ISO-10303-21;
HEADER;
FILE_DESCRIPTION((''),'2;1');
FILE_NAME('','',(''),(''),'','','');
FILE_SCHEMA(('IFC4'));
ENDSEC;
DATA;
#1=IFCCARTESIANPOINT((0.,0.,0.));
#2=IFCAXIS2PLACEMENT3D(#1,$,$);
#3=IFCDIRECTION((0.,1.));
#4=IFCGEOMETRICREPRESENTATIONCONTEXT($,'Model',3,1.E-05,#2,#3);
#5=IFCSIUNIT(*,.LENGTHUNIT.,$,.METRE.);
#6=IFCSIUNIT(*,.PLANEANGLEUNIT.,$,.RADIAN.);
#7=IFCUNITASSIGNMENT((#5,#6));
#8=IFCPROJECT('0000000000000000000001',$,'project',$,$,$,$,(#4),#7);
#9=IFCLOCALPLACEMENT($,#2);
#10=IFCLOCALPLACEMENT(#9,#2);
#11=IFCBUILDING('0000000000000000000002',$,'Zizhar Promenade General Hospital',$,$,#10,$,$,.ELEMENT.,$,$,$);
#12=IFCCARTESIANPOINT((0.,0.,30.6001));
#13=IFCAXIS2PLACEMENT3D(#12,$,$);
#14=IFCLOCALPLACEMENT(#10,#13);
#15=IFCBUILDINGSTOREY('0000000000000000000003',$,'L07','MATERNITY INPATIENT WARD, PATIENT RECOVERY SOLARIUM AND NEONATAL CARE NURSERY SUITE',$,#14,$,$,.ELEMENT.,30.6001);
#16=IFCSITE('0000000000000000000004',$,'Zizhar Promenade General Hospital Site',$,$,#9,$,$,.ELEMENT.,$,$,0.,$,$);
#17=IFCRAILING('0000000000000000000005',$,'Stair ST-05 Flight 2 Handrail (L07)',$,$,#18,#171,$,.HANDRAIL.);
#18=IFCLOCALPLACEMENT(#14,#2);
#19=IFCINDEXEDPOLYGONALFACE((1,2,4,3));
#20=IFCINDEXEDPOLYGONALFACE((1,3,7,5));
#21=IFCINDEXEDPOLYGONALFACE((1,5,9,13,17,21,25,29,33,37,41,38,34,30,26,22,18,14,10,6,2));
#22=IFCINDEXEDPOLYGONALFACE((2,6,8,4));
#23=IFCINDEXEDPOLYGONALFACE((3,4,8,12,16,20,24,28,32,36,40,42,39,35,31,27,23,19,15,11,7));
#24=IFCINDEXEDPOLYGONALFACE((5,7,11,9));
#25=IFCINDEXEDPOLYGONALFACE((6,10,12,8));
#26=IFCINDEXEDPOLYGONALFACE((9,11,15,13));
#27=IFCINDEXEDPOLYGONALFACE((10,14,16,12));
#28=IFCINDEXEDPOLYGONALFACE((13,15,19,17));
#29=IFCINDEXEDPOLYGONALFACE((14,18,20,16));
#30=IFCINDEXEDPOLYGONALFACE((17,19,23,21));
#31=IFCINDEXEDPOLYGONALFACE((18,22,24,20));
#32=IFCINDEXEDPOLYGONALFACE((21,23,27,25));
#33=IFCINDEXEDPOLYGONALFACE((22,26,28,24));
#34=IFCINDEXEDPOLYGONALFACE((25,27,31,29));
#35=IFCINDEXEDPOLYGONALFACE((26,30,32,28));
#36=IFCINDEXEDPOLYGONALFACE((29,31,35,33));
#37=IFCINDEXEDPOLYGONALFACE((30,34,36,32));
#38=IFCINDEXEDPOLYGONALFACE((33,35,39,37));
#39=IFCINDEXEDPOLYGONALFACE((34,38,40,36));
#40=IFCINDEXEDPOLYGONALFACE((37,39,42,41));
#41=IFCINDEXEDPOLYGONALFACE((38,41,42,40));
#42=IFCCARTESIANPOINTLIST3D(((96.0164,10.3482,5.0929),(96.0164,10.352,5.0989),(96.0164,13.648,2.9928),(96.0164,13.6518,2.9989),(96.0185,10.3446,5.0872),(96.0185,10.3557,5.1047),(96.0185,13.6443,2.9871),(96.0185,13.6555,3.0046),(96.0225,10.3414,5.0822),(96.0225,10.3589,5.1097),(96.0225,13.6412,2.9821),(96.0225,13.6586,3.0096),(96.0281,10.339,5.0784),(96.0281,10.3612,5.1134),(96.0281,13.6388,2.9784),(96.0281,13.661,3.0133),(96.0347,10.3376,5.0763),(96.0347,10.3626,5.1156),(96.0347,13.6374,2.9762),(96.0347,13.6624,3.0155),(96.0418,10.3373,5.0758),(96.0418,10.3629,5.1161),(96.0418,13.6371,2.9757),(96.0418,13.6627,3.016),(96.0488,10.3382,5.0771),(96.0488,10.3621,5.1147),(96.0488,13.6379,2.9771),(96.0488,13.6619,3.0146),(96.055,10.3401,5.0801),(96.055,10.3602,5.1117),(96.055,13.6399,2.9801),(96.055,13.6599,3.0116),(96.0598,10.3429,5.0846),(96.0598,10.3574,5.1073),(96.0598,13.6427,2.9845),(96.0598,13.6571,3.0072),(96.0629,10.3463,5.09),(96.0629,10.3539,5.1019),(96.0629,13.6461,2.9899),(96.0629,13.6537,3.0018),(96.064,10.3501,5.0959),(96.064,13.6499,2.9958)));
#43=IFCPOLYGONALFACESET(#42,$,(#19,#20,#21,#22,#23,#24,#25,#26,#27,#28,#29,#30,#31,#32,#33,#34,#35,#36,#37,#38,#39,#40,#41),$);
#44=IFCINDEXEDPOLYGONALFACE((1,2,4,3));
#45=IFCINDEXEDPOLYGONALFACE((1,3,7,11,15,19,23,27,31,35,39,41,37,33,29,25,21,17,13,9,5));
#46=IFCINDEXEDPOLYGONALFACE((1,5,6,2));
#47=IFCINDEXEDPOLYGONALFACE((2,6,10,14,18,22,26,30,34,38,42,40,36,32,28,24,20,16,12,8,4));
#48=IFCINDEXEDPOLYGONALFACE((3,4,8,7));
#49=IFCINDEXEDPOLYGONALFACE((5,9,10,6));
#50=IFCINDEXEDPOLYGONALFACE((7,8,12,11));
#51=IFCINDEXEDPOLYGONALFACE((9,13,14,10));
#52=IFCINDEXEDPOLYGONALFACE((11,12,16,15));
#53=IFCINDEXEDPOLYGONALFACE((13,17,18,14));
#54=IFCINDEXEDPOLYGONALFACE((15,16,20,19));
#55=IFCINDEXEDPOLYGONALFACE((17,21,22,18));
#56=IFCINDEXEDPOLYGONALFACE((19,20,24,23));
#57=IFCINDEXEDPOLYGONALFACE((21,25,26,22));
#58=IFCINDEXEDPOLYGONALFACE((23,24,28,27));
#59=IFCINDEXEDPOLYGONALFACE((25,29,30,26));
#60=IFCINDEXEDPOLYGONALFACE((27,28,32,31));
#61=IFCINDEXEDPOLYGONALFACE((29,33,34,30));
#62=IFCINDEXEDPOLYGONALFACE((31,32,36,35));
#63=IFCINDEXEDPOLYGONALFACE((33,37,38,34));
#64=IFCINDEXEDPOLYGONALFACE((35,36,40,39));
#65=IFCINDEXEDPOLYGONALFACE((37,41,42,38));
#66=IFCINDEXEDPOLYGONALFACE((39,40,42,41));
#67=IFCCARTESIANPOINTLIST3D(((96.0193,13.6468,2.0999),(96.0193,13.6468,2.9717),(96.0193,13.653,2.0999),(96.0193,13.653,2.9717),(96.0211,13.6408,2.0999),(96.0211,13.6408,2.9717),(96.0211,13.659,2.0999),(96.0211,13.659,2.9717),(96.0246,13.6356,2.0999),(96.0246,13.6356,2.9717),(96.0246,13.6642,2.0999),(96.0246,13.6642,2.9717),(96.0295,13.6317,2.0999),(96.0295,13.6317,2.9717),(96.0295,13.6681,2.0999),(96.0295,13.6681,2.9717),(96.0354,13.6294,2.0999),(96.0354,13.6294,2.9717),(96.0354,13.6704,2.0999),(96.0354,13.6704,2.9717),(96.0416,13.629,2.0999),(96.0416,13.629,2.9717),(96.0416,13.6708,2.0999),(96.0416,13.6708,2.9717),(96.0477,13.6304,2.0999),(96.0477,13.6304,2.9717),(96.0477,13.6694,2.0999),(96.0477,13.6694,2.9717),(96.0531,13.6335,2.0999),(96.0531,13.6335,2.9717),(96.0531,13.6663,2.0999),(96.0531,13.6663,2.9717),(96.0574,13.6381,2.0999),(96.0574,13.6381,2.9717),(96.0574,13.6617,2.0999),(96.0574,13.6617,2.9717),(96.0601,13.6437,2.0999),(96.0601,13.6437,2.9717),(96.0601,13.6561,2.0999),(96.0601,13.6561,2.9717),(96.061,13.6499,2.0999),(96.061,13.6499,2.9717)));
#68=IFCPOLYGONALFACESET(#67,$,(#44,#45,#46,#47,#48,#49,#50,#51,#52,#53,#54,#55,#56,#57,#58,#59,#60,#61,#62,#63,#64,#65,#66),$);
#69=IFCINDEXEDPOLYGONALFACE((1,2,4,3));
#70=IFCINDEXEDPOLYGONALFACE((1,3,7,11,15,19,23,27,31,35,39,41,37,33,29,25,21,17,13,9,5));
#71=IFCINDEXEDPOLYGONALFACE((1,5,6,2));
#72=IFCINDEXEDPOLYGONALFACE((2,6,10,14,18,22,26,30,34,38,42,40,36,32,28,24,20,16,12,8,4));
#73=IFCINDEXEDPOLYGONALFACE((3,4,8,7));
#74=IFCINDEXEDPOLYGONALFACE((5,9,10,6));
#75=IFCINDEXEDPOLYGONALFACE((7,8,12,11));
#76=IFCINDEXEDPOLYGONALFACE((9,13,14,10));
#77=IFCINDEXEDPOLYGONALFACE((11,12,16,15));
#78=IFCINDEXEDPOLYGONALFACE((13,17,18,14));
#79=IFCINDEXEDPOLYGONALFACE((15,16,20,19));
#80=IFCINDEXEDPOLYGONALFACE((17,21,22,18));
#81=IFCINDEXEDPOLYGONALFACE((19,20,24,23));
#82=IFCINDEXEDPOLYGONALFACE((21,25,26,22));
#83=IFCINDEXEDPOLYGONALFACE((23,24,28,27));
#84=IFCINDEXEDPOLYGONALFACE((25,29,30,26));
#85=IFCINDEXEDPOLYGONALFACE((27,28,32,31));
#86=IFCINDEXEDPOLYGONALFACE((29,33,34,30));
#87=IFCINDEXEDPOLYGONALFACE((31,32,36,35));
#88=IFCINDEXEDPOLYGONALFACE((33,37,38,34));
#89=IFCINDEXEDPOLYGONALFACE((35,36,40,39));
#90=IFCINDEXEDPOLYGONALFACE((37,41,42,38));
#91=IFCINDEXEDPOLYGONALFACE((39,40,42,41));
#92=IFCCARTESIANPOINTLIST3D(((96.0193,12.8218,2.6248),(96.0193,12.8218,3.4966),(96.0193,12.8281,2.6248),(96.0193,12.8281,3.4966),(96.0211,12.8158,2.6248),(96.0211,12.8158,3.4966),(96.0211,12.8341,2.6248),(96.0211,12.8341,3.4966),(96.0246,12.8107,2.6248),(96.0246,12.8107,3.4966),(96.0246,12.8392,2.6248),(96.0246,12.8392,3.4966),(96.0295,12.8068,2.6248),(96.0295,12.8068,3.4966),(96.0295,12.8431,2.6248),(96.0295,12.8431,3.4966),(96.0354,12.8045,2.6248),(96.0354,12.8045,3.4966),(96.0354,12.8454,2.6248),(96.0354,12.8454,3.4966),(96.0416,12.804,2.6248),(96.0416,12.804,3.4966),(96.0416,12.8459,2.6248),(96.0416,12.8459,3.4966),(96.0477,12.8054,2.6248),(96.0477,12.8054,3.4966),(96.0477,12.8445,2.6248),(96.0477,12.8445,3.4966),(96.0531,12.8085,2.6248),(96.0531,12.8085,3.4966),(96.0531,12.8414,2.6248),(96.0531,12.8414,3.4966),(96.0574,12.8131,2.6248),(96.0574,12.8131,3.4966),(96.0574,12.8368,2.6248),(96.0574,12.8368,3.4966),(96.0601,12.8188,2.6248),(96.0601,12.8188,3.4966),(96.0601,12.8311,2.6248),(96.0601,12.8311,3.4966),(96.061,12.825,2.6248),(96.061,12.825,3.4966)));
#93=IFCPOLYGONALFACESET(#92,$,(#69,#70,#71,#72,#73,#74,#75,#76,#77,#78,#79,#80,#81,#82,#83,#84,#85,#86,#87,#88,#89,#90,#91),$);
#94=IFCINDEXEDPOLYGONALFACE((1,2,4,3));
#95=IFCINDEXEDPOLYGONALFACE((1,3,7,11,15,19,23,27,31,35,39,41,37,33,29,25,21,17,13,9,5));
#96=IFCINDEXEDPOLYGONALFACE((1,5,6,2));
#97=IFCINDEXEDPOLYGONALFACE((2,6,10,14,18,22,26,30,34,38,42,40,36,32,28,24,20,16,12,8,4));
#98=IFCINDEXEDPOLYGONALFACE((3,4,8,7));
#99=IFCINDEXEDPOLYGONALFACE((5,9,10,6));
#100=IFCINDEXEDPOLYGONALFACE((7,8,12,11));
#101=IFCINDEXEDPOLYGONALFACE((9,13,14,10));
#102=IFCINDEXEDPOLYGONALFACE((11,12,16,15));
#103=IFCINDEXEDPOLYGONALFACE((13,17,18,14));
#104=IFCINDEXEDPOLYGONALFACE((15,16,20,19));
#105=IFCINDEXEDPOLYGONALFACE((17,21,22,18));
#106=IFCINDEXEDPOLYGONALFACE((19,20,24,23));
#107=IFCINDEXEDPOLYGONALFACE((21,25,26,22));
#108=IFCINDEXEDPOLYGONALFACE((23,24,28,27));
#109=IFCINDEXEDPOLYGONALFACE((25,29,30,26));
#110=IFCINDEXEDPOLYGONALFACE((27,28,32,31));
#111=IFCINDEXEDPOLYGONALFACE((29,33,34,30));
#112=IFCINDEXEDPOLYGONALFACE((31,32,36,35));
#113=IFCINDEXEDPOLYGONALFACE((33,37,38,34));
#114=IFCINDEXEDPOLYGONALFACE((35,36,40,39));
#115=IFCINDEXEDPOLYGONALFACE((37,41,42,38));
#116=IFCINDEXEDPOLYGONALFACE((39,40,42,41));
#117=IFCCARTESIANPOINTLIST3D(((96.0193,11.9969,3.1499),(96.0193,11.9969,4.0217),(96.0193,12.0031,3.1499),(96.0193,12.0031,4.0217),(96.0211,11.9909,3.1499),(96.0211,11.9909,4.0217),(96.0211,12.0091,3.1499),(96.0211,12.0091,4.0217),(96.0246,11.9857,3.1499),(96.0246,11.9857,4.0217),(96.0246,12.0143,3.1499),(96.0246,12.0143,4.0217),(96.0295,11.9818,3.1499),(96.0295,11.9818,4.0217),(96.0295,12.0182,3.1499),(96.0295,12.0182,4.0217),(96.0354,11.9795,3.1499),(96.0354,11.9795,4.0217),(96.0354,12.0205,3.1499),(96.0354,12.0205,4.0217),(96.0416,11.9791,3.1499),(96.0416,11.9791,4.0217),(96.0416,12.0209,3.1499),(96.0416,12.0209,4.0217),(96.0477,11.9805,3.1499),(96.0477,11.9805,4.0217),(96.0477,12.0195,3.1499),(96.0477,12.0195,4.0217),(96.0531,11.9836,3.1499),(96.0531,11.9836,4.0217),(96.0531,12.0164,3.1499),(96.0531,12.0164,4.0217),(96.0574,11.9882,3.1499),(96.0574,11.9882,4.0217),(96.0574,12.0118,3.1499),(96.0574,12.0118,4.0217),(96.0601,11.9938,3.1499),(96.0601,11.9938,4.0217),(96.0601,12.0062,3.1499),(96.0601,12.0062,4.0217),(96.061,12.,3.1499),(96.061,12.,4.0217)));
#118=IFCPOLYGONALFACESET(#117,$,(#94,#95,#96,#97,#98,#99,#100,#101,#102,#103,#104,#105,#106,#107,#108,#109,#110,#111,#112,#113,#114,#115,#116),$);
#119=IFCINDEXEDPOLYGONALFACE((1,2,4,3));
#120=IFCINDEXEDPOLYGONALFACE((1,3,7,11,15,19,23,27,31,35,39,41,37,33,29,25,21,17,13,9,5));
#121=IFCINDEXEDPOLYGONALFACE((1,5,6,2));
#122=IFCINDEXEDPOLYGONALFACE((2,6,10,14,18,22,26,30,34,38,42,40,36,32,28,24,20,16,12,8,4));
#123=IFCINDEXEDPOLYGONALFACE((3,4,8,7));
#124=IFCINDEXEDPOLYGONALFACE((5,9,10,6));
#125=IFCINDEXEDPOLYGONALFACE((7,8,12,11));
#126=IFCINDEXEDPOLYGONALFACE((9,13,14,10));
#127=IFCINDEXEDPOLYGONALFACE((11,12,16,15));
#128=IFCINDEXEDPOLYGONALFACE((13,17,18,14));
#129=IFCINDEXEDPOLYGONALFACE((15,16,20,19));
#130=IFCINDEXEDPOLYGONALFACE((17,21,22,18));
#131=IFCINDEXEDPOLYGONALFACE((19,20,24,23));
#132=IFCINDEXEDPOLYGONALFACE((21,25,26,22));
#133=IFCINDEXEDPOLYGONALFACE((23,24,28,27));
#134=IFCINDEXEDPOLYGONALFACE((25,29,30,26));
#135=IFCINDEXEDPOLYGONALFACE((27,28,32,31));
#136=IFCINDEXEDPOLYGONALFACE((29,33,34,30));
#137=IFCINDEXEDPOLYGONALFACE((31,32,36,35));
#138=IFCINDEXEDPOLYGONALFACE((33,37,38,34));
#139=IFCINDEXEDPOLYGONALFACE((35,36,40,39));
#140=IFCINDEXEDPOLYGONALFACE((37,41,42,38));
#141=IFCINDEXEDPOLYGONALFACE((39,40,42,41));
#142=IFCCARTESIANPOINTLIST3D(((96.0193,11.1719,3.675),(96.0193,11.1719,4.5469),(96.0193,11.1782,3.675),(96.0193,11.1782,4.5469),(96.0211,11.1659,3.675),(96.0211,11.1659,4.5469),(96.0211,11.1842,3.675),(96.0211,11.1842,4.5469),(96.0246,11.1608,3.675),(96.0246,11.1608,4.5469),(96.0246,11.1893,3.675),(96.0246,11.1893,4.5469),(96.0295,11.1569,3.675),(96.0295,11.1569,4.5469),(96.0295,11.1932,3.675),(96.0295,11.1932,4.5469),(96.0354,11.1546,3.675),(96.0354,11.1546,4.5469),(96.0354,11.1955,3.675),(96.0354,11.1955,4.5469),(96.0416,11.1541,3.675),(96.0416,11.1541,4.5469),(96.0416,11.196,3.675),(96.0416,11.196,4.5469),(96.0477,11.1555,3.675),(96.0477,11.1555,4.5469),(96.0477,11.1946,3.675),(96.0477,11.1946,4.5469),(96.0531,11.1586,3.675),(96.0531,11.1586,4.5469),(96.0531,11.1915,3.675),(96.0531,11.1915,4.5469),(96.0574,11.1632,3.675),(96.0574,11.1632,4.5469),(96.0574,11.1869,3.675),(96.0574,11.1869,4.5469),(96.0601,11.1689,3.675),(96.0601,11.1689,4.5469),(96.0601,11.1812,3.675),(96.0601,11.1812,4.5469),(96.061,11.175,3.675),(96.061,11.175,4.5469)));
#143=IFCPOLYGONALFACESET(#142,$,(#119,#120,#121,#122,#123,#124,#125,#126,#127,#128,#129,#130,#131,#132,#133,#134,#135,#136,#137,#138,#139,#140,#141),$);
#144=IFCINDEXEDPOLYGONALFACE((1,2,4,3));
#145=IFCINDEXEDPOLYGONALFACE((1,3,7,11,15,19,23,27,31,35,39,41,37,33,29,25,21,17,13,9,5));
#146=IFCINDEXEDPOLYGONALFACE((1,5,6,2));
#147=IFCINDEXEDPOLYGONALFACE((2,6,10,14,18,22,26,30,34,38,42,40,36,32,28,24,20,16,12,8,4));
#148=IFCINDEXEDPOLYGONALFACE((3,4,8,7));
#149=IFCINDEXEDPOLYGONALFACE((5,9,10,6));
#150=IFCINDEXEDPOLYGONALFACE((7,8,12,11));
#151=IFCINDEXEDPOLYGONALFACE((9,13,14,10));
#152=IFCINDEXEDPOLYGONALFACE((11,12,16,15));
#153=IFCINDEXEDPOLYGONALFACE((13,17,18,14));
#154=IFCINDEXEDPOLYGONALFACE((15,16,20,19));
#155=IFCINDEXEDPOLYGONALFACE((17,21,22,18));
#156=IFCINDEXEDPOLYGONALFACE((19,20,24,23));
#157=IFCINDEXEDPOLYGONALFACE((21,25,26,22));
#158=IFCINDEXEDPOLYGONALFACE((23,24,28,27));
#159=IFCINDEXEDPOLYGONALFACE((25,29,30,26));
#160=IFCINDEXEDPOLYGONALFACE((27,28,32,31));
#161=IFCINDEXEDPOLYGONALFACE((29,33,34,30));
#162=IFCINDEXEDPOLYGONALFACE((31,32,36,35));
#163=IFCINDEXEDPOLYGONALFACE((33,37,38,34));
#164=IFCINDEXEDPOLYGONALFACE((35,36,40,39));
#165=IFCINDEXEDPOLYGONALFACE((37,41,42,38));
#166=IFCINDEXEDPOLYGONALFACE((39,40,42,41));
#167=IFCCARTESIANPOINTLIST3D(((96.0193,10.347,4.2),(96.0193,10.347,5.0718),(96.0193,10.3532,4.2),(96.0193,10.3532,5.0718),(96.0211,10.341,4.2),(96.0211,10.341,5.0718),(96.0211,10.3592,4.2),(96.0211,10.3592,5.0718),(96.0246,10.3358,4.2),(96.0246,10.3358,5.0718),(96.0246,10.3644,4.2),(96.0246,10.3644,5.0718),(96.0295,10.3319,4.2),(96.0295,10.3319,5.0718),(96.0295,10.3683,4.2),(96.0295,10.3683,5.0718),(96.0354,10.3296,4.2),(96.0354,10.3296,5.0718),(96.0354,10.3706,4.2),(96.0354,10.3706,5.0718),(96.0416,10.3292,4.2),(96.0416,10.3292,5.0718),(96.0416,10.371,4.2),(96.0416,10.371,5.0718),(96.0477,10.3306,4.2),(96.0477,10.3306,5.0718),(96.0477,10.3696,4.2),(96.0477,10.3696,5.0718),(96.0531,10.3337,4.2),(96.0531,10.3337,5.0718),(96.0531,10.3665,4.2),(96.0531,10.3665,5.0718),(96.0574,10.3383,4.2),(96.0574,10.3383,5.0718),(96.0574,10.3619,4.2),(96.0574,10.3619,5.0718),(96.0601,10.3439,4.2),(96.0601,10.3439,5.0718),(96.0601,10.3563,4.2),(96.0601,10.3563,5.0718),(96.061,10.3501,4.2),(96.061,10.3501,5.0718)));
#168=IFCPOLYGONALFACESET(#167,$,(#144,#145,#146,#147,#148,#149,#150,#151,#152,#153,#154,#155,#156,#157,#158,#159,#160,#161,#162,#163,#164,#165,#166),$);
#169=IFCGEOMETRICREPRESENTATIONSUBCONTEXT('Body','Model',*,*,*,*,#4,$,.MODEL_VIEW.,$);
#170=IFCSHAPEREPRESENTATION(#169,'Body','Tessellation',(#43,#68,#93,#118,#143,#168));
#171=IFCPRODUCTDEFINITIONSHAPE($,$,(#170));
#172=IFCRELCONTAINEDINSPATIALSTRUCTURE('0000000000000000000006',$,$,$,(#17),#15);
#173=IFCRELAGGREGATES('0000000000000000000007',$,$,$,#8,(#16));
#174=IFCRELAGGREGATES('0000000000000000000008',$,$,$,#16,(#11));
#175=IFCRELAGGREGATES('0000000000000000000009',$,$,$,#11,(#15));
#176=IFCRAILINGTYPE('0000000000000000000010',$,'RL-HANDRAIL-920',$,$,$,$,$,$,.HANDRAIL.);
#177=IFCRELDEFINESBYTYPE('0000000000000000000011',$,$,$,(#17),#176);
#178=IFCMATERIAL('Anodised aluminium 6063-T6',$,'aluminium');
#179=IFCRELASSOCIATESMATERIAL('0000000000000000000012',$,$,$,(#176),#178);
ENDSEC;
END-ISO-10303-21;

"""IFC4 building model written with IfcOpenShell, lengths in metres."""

from ifc_helpers import new_model, si_unit, direction, frame, origin, origin_2d, place, context, subcontext, project, spatial, circle, hollow_circle, extrude, material, material_profile, profile_set, type_object, element, save


model = new_model("IFC4")

# Units and contexts
model_context = context("Model", 3, precision=1e-05, world=origin(), true_north=direction((0.0, 1.0)))
body_context = subcontext(model_context, "Body", "Model", "MODEL_VIEW")
ifc_project = project(units=[si_unit("LENGTHUNIT", "METRE"), si_unit("PLANEANGLEUNIT", "RADIAN")], contexts=[model_context])

# Site, building, storey
site_placement = place(None, origin())
site = spatial("IfcSite", under=ifc_project, at=site_placement, Name="Zizhar Promenade General Hospital Site", CompositionType="ELEMENT", RefElevation=0.0)
building_placement = place(site_placement, origin())
building = spatial("IfcBuilding", under=site, at=building_placement, Name="Zizhar Promenade General Hospital", CompositionType="ELEMENT")
storey_placement = place(building_placement, frame((0.0, 0.0, 30.6001)))
storey = spatial("IfcBuildingStorey", under=building, at=storey_placement, Name="L07", Description="MATERNITY INPATIENT WARD, PATIENT RECOVERY SOLARIUM AND NEONATAL CARE NURSERY SUITE", CompositionType="ELEMENT", Elevation=30.6001)

# Railing
ifc_material_1 = material(Name="Anodised aluminium 6063-T6", Category="aluminium")
ifc_material_profile_1 = material_profile(ifc_material_1, hollow_circle(Radius=0.0698, WallThickness=0.0063, at=origin_2d()))
ifc_profile_set_1 = profile_set([ifc_material_profile_1], Name="Anodised aluminium 6063-T6")
railing_type_1 = type_object("IfcRailingType", Name="RL-HANDRAIL-920", PredefinedType="HANDRAIL", material=ifc_profile_set_1)
railing_1_placement = place(storey_placement, frame((96.04, 13.6499, 2.0999)))
element("IfcRailing", 1, at=railing_1_placement, inside=storey, type_object=railing_type_1, Name="Stair ST-05 Flight 2 Handrail (L07)", PredefinedType="HANDRAIL", context=body_context, shape_type="SweptSolid", body=[
    extrude(circle(Radius=0.0239, at=origin_2d()), frame((0.0, 0.0, 0.896), z_axis=(0.0, -0.843636, 0.536916), x_axis=(1.0, 0.0, 0.0)), (0.0, 0.0, 1.0), 3.9114),
    extrude(circle(Radius=0.021, at=origin_2d()), origin(), (0.0, 0.0, 1.0), 0.8718),
    extrude(circle(Radius=0.021, at=origin_2d()), frame((0.0, -0.825, 0.5249)), (0.0, 0.0, 1.0), 0.8718),
    extrude(circle(Radius=0.021, at=origin_2d()), frame((0.0, -1.6499, 1.05)), (0.0, 0.0, 1.0), 0.8718),
    extrude(circle(Radius=0.021, at=origin_2d()), frame((0.0, -2.4749, 1.5752)), (0.0, 0.0, 1.0), 0.8718),
    extrude(circle(Radius=0.021, at=origin_2d()), frame((0.0, -3.2998, 2.1001)), (0.0, 0.0, 1.0), 0.8718),
])

save(model, "model.ifc")
